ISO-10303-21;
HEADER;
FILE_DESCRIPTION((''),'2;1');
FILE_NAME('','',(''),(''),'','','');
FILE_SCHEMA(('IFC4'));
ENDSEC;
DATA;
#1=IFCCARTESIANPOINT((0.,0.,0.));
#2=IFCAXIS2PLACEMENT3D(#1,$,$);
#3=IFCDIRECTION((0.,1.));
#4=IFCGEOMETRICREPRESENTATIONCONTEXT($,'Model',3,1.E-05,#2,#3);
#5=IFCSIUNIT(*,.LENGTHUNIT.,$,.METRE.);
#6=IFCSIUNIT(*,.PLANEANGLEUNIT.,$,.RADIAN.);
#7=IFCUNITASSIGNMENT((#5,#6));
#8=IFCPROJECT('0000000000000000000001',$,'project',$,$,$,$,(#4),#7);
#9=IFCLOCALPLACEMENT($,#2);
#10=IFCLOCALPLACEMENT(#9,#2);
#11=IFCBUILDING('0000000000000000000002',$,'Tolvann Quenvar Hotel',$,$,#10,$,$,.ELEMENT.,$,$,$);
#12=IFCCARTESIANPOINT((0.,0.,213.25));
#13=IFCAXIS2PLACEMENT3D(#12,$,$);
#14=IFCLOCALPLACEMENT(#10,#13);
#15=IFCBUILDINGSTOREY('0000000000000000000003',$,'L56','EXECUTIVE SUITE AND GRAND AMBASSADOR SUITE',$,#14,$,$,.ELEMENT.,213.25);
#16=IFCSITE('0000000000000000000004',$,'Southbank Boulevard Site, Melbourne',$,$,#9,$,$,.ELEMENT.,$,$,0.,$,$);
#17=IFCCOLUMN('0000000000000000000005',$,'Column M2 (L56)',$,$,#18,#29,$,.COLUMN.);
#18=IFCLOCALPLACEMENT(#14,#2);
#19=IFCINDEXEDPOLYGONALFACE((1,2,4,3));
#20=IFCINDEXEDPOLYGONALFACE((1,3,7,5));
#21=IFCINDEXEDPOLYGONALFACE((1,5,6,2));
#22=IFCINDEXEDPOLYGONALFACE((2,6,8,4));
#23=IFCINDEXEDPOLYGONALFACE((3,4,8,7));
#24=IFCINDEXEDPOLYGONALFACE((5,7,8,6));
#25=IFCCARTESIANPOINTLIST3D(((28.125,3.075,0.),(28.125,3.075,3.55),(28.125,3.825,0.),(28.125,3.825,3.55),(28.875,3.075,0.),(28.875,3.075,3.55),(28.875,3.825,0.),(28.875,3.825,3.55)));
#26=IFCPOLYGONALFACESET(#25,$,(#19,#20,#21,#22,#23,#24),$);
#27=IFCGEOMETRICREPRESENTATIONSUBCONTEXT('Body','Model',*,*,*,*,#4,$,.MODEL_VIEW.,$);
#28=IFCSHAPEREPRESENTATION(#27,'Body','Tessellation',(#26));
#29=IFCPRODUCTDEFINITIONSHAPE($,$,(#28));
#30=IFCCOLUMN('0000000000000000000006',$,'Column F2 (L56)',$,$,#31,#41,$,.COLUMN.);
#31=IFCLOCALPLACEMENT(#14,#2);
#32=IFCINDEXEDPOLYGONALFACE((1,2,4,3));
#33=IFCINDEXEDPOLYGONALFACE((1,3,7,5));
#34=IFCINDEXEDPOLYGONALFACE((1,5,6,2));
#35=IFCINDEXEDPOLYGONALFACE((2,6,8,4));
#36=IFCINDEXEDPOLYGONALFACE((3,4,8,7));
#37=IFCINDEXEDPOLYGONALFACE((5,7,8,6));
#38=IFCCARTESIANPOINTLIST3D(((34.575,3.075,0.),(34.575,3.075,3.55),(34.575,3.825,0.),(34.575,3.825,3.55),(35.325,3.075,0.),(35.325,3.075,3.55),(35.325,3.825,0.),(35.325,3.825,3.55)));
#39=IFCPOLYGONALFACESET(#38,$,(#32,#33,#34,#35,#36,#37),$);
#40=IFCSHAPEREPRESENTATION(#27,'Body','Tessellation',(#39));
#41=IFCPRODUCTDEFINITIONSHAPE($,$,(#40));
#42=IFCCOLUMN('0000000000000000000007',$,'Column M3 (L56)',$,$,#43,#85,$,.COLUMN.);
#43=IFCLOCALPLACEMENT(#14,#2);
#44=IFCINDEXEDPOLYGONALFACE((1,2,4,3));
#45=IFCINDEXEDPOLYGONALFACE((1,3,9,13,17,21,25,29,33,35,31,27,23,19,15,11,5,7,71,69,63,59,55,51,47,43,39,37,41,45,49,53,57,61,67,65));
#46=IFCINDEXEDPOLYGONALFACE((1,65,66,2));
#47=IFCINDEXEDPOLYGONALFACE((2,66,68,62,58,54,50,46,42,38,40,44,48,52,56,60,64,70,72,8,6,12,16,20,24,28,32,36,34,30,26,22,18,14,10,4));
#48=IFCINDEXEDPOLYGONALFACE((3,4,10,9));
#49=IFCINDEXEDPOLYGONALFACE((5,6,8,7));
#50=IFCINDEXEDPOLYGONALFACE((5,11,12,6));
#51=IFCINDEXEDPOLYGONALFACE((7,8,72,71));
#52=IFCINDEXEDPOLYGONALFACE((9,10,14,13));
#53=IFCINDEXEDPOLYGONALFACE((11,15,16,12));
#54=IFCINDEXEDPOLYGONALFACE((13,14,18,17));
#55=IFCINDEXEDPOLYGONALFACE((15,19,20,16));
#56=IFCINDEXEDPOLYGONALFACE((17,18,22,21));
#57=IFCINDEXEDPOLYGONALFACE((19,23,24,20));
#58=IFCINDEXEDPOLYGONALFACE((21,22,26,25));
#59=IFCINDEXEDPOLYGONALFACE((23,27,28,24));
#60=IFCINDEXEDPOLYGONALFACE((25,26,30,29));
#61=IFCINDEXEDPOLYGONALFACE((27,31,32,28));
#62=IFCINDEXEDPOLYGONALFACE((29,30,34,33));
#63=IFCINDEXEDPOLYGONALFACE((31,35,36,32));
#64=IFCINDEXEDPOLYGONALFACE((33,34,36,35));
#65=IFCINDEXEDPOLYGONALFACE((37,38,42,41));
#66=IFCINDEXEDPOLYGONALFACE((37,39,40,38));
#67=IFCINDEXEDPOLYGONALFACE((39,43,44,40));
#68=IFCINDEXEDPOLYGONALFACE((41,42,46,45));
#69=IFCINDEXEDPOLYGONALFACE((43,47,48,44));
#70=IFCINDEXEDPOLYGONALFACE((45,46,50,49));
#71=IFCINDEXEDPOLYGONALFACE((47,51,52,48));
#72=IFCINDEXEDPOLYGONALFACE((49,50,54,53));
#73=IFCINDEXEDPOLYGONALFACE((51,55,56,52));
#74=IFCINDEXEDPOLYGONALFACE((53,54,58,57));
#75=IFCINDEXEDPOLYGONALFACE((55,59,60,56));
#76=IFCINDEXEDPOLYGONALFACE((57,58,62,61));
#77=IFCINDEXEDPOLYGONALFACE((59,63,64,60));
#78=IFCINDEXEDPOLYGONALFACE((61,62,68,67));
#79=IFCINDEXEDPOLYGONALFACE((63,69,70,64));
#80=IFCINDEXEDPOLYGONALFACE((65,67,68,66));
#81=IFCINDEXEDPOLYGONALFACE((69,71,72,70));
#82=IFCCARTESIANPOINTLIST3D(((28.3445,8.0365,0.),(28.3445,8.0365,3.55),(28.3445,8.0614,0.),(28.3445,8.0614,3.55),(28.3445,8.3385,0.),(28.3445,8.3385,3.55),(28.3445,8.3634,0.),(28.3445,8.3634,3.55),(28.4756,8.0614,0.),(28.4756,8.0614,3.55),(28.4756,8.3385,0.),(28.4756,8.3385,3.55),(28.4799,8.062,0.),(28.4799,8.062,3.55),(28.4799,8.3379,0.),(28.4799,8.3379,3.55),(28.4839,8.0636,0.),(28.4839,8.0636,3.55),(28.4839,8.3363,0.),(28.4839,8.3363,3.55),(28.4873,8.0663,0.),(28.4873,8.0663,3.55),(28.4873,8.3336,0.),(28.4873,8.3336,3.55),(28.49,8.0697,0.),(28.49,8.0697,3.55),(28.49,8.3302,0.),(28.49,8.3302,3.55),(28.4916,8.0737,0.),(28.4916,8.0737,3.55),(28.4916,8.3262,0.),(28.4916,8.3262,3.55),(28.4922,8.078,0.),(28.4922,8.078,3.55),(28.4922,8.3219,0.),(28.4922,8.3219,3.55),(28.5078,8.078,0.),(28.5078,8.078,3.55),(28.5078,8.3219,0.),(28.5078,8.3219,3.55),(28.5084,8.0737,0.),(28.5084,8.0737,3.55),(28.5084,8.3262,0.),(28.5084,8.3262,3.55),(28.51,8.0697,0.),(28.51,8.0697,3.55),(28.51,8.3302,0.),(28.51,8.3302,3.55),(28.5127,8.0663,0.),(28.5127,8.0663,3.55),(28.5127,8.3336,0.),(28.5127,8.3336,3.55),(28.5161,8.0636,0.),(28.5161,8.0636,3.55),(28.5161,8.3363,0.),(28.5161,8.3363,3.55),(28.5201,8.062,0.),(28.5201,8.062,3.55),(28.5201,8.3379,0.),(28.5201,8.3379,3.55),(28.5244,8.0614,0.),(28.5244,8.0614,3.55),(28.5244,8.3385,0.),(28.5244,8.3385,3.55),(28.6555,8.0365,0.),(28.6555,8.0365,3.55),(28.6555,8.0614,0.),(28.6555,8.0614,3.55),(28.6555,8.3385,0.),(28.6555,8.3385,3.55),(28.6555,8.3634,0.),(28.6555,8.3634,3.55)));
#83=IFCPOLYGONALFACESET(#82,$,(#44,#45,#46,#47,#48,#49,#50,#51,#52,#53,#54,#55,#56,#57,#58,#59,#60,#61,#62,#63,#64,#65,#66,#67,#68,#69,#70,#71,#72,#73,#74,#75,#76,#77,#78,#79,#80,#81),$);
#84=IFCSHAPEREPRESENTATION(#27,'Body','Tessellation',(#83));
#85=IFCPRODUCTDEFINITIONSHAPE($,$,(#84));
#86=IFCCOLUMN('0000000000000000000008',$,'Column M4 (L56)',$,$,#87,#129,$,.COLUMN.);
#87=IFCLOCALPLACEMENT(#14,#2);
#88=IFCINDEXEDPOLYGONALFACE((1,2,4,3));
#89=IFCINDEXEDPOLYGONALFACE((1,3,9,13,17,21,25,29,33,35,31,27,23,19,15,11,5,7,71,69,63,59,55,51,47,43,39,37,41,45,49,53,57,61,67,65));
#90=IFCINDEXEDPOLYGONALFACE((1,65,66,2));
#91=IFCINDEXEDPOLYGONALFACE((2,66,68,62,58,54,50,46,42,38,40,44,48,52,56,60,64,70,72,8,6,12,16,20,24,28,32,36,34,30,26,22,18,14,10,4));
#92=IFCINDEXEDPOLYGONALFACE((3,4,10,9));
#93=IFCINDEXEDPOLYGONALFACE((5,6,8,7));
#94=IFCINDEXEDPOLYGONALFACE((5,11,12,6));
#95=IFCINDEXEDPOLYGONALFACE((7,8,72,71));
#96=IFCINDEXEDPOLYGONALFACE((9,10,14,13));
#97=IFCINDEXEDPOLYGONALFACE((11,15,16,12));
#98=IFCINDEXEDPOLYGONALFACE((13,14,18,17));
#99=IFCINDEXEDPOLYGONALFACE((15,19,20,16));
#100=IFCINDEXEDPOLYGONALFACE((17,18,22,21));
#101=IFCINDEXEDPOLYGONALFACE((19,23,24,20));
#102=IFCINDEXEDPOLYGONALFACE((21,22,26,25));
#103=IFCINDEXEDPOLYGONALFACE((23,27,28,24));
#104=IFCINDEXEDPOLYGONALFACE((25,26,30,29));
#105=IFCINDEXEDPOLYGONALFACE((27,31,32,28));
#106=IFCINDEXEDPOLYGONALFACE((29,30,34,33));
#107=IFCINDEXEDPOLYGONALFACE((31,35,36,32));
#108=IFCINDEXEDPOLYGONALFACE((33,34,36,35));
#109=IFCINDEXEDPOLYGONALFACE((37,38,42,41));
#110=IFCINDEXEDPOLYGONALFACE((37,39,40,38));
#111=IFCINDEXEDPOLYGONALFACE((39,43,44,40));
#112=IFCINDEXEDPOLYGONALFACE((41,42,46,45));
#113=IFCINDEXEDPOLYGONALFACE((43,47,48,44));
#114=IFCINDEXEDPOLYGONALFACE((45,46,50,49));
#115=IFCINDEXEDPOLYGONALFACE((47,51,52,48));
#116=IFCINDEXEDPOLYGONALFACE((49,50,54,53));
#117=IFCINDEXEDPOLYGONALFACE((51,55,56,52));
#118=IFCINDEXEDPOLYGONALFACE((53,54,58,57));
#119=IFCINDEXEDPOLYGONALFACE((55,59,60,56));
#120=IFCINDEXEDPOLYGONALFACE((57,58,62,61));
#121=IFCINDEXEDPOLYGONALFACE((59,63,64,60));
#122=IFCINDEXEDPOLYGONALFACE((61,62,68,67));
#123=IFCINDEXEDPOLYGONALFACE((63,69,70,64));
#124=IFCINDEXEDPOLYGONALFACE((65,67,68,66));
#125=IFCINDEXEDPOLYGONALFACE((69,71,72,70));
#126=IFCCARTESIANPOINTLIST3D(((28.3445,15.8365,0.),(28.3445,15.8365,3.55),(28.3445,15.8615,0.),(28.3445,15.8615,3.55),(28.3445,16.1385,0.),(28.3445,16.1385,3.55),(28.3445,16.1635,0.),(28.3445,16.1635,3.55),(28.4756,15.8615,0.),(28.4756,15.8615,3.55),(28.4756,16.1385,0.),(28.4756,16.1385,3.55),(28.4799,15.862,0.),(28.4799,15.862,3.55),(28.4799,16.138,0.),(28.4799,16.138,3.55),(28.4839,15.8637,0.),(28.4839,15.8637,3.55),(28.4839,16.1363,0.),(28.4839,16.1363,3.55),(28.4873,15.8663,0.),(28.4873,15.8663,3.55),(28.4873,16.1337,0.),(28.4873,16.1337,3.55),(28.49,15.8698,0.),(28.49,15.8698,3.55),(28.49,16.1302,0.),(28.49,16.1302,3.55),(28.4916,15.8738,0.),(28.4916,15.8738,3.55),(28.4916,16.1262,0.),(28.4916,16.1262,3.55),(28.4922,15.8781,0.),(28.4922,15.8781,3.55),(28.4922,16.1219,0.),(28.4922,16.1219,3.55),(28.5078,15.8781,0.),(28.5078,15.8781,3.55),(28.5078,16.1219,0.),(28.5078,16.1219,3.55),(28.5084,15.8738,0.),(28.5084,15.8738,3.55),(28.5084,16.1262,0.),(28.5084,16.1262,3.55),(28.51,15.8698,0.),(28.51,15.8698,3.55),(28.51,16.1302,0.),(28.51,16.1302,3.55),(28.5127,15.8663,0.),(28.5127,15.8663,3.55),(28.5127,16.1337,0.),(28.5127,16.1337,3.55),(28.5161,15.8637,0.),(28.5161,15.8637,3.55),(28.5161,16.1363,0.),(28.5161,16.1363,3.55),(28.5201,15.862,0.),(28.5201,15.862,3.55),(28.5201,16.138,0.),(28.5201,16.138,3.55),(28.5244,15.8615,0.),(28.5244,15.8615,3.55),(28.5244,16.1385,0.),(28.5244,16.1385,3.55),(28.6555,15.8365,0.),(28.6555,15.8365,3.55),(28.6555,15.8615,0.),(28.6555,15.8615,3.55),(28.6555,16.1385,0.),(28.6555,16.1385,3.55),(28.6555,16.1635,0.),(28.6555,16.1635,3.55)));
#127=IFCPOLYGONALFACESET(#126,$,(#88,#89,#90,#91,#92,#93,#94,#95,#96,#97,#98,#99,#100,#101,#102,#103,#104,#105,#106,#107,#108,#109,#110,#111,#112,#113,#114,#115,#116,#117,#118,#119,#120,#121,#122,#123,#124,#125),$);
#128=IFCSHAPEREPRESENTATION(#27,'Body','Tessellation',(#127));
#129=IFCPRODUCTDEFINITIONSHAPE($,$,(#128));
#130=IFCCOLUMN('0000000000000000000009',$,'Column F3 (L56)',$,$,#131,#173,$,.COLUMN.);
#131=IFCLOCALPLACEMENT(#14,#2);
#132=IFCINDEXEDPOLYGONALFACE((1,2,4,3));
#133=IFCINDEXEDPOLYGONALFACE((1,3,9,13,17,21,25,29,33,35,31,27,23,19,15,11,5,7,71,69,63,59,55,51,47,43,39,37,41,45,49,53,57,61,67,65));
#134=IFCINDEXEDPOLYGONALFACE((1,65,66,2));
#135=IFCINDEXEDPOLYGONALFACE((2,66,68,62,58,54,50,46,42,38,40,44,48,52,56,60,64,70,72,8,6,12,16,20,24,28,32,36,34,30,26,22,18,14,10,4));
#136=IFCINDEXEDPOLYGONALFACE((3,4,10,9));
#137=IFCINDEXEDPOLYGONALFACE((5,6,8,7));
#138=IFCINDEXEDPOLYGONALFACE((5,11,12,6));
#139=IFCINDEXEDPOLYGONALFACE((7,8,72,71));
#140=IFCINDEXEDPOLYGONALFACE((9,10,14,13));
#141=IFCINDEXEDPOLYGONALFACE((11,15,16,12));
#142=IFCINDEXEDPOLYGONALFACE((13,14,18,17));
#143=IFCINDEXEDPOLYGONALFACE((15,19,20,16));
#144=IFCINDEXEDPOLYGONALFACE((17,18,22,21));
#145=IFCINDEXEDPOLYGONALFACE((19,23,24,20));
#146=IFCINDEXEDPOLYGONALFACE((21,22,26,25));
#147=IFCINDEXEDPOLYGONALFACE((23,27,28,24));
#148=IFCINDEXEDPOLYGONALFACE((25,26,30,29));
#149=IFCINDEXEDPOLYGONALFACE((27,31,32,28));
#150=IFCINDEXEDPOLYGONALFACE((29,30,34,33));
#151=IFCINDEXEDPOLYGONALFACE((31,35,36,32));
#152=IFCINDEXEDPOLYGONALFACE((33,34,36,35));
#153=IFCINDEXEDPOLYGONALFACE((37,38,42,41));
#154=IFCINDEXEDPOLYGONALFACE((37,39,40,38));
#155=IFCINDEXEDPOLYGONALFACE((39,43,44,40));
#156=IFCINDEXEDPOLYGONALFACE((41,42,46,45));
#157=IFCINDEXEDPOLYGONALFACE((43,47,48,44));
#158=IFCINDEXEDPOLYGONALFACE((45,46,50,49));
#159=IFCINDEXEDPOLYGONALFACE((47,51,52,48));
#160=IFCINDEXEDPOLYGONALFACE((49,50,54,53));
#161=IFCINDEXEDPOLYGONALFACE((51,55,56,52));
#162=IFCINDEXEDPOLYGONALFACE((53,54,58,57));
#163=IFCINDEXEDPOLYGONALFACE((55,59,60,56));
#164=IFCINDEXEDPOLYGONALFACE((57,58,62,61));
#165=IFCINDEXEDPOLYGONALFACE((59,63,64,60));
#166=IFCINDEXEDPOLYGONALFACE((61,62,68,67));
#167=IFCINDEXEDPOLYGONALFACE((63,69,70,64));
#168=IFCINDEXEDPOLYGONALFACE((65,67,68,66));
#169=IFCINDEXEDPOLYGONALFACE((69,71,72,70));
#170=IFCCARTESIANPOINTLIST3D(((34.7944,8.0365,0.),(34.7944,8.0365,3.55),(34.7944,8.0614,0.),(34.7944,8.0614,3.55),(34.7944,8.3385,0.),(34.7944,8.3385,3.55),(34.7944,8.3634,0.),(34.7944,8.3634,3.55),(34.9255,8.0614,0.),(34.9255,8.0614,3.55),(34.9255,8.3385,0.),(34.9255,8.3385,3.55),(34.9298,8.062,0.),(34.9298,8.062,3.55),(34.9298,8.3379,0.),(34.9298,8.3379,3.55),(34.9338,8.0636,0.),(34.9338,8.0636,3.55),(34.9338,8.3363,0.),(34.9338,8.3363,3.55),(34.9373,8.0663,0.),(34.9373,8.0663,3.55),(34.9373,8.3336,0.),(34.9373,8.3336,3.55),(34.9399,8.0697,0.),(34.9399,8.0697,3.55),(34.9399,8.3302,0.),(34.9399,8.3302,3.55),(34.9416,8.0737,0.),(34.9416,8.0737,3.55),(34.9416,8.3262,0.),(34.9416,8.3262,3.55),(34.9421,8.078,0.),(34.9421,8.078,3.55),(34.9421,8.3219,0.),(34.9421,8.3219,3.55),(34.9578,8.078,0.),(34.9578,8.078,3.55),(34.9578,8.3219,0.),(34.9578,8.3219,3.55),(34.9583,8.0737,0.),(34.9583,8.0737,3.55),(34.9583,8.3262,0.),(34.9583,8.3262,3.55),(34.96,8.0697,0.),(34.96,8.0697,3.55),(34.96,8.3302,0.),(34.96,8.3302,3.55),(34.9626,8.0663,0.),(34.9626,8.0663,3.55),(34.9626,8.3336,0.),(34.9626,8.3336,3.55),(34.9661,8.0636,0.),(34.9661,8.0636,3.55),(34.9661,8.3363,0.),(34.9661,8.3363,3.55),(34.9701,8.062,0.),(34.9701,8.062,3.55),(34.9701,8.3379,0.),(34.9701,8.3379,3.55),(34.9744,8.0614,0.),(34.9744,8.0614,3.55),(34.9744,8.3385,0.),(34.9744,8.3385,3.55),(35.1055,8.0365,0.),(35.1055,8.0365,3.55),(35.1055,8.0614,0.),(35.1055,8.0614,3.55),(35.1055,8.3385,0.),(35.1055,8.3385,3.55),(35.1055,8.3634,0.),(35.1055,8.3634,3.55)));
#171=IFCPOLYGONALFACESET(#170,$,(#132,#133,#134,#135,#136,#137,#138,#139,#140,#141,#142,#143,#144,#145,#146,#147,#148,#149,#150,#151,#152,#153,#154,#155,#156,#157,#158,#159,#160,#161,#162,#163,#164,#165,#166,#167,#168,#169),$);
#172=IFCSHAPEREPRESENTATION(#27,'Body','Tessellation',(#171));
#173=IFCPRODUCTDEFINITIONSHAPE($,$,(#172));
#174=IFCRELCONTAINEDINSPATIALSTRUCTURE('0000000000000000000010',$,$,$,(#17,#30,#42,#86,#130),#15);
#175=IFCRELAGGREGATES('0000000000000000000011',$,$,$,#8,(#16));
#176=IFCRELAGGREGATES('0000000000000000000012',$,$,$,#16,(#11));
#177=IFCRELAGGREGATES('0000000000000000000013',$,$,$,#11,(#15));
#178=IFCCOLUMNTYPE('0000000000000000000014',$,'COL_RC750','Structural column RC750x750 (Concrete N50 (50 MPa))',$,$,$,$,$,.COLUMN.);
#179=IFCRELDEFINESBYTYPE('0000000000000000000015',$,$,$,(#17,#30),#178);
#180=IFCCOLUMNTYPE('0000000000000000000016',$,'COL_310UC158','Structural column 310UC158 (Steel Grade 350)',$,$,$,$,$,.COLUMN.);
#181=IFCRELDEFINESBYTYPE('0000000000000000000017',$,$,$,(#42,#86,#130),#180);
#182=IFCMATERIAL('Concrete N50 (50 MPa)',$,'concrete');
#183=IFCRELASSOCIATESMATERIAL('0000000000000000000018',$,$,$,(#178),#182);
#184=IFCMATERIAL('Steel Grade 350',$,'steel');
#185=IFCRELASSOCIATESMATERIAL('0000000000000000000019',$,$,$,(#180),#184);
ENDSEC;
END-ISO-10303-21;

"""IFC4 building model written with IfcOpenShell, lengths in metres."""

from ifc_helpers import new_model, si_unit, direction, frame, origin, origin_2d, place, context, subcontext, project, spatial, rectangle, i_section, extrude, source, transform, mapped, material, material_profile, profile_set, type_object, type_shapes, element, save


model = new_model("IFC4")

# Units and contexts
model_context = context("Model", 3, precision=1e-05, world=origin(), true_north=direction((0.0, 1.0)))
body_context = subcontext(model_context, "Body", "Model", "MODEL_VIEW")
ifc_project = project(units=[si_unit("LENGTHUNIT", "METRE"), si_unit("PLANEANGLEUNIT", "RADIAN")], contexts=[model_context])

# Site, building, storey
site_placement = place(None, origin())
site = spatial("IfcSite", under=ifc_project, at=site_placement, Name="Southbank Boulevard Site, Melbourne", CompositionType="ELEMENT", RefElevation=0.0)
building_placement = place(site_placement, origin())
building = spatial("IfcBuilding", under=site, at=building_placement, Name="Tolvann Quenvar Hotel", CompositionType="ELEMENT")
storey_placement = place(building_placement, frame((0.0, 0.0, 213.25)))
storey = spatial("IfcBuildingStorey", under=building, at=storey_placement, Name="L56", Description="EXECUTIVE SUITE AND GRAND AMBASSADOR SUITE", CompositionType="ELEMENT", Elevation=213.25)

# Columns
ifc_material_1 = material(Name="Concrete N50 (50 MPa)", Category="concrete")
ifc_material_profile_1 = material_profile(ifc_material_1, rectangle(XDim=0.75, YDim=0.75, at=origin_2d()), Name="RC750x750")
ifc_profile_set_1 = profile_set([ifc_material_profile_1], Name="Concrete N50 (50 MPa)")
column_type_1 = type_object("IfcColumnType", Name="COL_RC750", Description="Structural column RC750x750 (Concrete N50 (50 MPa))", PredefinedType="COLUMN", material=ifc_profile_set_1)
shared_shape_1 = source(origin(), body_context, "Body", "SweptSolid", [
    extrude(rectangle(XDim=0.75, YDim=0.75, at=origin_2d()), origin(), (0.0, 0.0, 1.0), 3.55),
])
type_shapes(column_type_1, [shared_shape_1])
for number, where, z_axis, x_axis, name in (
    (1, (28.5, 3.45, 0.0), (0.0, 0.0, 1.0), (1.0, 0.0, 0.0), "Column M2 (L56)"),
    (2, (34.95, 3.45, 0.0), (0.0, 0.0, 1.0), (1.0, 0.0, 0.0), "Column F2 (L56)"),
):
    element("IfcColumn", number, at=place(storey_placement, frame(where, z_axis=z_axis, x_axis=x_axis)), inside=storey, type_object=column_type_1, Name=name, PredefinedType="COLUMN", context=body_context, shape_type="MappedRepresentation", body=[
        mapped(shared_shape_1, transform((0.0, 0.0, 0.0), x_axis=(1.0, 0.0, 0.0), y_axis=(0.0, 1.0, 0.0), z_axis=(0.0, 0.0, 1.0), scale=1.0)),
    ])
ifc_material_2 = material(Name="Steel Grade 350", Category="steel")
ifc_material_profile_2 = material_profile(ifc_material_2, i_section(OverallWidth=0.311, OverallDepth=0.3269, WebThickness=0.0156, FlangeThickness=0.0249, FilletRadius=0.0166, at=origin_2d()), Name="310UC158")
ifc_profile_set_2 = profile_set([ifc_material_profile_2], Name="Steel Grade 350")
column_type_2 = type_object("IfcColumnType", Name="COL_310UC158", Description="Structural column 310UC158 (Steel Grade 350)", PredefinedType="COLUMN", material=ifc_profile_set_2)
shared_shape_2 = source(origin(), body_context, "Body", "SweptSolid", [
    extrude(i_section(OverallWidth=0.311, OverallDepth=0.3269, WebThickness=0.0156, FlangeThickness=0.0249, FilletRadius=0.0166, at=origin_2d()), origin(), (0.0, 0.0, 1.0), 3.55),
])
type_shapes(column_type_2, [shared_shape_2])
for number, where, z_axis, x_axis, name in (
    (3, (28.5, 8.2, 0.0), (0.0, 0.0, 1.0), (1.0, 0.0, 0.0), "Column M3 (L56)"),
    (4, (28.5, 16.0, 0.0), (0.0, 0.0, 1.0), (1.0, 0.0, 0.0), "Column M4 (L56)"),
    (5, (34.95, 8.2, 0.0), (0.0, 0.0, 1.0), (1.0, 0.0, 0.0), "Column F3 (L56)"),
):
    element("IfcColumn", number, at=place(storey_placement, frame(where, z_axis=z_axis, x_axis=x_axis)), inside=storey, type_object=column_type_2, Name=name, PredefinedType="COLUMN", context=body_context, shape_type="MappedRepresentation", body=[
        mapped(shared_shape_2, transform((0.0, 0.0, 0.0), x_axis=(1.0, 0.0, 0.0), y_axis=(0.0, 1.0, 0.0), z_axis=(0.0, 0.0, 1.0), scale=1.0)),
    ])

save(model, "model.ifc")
